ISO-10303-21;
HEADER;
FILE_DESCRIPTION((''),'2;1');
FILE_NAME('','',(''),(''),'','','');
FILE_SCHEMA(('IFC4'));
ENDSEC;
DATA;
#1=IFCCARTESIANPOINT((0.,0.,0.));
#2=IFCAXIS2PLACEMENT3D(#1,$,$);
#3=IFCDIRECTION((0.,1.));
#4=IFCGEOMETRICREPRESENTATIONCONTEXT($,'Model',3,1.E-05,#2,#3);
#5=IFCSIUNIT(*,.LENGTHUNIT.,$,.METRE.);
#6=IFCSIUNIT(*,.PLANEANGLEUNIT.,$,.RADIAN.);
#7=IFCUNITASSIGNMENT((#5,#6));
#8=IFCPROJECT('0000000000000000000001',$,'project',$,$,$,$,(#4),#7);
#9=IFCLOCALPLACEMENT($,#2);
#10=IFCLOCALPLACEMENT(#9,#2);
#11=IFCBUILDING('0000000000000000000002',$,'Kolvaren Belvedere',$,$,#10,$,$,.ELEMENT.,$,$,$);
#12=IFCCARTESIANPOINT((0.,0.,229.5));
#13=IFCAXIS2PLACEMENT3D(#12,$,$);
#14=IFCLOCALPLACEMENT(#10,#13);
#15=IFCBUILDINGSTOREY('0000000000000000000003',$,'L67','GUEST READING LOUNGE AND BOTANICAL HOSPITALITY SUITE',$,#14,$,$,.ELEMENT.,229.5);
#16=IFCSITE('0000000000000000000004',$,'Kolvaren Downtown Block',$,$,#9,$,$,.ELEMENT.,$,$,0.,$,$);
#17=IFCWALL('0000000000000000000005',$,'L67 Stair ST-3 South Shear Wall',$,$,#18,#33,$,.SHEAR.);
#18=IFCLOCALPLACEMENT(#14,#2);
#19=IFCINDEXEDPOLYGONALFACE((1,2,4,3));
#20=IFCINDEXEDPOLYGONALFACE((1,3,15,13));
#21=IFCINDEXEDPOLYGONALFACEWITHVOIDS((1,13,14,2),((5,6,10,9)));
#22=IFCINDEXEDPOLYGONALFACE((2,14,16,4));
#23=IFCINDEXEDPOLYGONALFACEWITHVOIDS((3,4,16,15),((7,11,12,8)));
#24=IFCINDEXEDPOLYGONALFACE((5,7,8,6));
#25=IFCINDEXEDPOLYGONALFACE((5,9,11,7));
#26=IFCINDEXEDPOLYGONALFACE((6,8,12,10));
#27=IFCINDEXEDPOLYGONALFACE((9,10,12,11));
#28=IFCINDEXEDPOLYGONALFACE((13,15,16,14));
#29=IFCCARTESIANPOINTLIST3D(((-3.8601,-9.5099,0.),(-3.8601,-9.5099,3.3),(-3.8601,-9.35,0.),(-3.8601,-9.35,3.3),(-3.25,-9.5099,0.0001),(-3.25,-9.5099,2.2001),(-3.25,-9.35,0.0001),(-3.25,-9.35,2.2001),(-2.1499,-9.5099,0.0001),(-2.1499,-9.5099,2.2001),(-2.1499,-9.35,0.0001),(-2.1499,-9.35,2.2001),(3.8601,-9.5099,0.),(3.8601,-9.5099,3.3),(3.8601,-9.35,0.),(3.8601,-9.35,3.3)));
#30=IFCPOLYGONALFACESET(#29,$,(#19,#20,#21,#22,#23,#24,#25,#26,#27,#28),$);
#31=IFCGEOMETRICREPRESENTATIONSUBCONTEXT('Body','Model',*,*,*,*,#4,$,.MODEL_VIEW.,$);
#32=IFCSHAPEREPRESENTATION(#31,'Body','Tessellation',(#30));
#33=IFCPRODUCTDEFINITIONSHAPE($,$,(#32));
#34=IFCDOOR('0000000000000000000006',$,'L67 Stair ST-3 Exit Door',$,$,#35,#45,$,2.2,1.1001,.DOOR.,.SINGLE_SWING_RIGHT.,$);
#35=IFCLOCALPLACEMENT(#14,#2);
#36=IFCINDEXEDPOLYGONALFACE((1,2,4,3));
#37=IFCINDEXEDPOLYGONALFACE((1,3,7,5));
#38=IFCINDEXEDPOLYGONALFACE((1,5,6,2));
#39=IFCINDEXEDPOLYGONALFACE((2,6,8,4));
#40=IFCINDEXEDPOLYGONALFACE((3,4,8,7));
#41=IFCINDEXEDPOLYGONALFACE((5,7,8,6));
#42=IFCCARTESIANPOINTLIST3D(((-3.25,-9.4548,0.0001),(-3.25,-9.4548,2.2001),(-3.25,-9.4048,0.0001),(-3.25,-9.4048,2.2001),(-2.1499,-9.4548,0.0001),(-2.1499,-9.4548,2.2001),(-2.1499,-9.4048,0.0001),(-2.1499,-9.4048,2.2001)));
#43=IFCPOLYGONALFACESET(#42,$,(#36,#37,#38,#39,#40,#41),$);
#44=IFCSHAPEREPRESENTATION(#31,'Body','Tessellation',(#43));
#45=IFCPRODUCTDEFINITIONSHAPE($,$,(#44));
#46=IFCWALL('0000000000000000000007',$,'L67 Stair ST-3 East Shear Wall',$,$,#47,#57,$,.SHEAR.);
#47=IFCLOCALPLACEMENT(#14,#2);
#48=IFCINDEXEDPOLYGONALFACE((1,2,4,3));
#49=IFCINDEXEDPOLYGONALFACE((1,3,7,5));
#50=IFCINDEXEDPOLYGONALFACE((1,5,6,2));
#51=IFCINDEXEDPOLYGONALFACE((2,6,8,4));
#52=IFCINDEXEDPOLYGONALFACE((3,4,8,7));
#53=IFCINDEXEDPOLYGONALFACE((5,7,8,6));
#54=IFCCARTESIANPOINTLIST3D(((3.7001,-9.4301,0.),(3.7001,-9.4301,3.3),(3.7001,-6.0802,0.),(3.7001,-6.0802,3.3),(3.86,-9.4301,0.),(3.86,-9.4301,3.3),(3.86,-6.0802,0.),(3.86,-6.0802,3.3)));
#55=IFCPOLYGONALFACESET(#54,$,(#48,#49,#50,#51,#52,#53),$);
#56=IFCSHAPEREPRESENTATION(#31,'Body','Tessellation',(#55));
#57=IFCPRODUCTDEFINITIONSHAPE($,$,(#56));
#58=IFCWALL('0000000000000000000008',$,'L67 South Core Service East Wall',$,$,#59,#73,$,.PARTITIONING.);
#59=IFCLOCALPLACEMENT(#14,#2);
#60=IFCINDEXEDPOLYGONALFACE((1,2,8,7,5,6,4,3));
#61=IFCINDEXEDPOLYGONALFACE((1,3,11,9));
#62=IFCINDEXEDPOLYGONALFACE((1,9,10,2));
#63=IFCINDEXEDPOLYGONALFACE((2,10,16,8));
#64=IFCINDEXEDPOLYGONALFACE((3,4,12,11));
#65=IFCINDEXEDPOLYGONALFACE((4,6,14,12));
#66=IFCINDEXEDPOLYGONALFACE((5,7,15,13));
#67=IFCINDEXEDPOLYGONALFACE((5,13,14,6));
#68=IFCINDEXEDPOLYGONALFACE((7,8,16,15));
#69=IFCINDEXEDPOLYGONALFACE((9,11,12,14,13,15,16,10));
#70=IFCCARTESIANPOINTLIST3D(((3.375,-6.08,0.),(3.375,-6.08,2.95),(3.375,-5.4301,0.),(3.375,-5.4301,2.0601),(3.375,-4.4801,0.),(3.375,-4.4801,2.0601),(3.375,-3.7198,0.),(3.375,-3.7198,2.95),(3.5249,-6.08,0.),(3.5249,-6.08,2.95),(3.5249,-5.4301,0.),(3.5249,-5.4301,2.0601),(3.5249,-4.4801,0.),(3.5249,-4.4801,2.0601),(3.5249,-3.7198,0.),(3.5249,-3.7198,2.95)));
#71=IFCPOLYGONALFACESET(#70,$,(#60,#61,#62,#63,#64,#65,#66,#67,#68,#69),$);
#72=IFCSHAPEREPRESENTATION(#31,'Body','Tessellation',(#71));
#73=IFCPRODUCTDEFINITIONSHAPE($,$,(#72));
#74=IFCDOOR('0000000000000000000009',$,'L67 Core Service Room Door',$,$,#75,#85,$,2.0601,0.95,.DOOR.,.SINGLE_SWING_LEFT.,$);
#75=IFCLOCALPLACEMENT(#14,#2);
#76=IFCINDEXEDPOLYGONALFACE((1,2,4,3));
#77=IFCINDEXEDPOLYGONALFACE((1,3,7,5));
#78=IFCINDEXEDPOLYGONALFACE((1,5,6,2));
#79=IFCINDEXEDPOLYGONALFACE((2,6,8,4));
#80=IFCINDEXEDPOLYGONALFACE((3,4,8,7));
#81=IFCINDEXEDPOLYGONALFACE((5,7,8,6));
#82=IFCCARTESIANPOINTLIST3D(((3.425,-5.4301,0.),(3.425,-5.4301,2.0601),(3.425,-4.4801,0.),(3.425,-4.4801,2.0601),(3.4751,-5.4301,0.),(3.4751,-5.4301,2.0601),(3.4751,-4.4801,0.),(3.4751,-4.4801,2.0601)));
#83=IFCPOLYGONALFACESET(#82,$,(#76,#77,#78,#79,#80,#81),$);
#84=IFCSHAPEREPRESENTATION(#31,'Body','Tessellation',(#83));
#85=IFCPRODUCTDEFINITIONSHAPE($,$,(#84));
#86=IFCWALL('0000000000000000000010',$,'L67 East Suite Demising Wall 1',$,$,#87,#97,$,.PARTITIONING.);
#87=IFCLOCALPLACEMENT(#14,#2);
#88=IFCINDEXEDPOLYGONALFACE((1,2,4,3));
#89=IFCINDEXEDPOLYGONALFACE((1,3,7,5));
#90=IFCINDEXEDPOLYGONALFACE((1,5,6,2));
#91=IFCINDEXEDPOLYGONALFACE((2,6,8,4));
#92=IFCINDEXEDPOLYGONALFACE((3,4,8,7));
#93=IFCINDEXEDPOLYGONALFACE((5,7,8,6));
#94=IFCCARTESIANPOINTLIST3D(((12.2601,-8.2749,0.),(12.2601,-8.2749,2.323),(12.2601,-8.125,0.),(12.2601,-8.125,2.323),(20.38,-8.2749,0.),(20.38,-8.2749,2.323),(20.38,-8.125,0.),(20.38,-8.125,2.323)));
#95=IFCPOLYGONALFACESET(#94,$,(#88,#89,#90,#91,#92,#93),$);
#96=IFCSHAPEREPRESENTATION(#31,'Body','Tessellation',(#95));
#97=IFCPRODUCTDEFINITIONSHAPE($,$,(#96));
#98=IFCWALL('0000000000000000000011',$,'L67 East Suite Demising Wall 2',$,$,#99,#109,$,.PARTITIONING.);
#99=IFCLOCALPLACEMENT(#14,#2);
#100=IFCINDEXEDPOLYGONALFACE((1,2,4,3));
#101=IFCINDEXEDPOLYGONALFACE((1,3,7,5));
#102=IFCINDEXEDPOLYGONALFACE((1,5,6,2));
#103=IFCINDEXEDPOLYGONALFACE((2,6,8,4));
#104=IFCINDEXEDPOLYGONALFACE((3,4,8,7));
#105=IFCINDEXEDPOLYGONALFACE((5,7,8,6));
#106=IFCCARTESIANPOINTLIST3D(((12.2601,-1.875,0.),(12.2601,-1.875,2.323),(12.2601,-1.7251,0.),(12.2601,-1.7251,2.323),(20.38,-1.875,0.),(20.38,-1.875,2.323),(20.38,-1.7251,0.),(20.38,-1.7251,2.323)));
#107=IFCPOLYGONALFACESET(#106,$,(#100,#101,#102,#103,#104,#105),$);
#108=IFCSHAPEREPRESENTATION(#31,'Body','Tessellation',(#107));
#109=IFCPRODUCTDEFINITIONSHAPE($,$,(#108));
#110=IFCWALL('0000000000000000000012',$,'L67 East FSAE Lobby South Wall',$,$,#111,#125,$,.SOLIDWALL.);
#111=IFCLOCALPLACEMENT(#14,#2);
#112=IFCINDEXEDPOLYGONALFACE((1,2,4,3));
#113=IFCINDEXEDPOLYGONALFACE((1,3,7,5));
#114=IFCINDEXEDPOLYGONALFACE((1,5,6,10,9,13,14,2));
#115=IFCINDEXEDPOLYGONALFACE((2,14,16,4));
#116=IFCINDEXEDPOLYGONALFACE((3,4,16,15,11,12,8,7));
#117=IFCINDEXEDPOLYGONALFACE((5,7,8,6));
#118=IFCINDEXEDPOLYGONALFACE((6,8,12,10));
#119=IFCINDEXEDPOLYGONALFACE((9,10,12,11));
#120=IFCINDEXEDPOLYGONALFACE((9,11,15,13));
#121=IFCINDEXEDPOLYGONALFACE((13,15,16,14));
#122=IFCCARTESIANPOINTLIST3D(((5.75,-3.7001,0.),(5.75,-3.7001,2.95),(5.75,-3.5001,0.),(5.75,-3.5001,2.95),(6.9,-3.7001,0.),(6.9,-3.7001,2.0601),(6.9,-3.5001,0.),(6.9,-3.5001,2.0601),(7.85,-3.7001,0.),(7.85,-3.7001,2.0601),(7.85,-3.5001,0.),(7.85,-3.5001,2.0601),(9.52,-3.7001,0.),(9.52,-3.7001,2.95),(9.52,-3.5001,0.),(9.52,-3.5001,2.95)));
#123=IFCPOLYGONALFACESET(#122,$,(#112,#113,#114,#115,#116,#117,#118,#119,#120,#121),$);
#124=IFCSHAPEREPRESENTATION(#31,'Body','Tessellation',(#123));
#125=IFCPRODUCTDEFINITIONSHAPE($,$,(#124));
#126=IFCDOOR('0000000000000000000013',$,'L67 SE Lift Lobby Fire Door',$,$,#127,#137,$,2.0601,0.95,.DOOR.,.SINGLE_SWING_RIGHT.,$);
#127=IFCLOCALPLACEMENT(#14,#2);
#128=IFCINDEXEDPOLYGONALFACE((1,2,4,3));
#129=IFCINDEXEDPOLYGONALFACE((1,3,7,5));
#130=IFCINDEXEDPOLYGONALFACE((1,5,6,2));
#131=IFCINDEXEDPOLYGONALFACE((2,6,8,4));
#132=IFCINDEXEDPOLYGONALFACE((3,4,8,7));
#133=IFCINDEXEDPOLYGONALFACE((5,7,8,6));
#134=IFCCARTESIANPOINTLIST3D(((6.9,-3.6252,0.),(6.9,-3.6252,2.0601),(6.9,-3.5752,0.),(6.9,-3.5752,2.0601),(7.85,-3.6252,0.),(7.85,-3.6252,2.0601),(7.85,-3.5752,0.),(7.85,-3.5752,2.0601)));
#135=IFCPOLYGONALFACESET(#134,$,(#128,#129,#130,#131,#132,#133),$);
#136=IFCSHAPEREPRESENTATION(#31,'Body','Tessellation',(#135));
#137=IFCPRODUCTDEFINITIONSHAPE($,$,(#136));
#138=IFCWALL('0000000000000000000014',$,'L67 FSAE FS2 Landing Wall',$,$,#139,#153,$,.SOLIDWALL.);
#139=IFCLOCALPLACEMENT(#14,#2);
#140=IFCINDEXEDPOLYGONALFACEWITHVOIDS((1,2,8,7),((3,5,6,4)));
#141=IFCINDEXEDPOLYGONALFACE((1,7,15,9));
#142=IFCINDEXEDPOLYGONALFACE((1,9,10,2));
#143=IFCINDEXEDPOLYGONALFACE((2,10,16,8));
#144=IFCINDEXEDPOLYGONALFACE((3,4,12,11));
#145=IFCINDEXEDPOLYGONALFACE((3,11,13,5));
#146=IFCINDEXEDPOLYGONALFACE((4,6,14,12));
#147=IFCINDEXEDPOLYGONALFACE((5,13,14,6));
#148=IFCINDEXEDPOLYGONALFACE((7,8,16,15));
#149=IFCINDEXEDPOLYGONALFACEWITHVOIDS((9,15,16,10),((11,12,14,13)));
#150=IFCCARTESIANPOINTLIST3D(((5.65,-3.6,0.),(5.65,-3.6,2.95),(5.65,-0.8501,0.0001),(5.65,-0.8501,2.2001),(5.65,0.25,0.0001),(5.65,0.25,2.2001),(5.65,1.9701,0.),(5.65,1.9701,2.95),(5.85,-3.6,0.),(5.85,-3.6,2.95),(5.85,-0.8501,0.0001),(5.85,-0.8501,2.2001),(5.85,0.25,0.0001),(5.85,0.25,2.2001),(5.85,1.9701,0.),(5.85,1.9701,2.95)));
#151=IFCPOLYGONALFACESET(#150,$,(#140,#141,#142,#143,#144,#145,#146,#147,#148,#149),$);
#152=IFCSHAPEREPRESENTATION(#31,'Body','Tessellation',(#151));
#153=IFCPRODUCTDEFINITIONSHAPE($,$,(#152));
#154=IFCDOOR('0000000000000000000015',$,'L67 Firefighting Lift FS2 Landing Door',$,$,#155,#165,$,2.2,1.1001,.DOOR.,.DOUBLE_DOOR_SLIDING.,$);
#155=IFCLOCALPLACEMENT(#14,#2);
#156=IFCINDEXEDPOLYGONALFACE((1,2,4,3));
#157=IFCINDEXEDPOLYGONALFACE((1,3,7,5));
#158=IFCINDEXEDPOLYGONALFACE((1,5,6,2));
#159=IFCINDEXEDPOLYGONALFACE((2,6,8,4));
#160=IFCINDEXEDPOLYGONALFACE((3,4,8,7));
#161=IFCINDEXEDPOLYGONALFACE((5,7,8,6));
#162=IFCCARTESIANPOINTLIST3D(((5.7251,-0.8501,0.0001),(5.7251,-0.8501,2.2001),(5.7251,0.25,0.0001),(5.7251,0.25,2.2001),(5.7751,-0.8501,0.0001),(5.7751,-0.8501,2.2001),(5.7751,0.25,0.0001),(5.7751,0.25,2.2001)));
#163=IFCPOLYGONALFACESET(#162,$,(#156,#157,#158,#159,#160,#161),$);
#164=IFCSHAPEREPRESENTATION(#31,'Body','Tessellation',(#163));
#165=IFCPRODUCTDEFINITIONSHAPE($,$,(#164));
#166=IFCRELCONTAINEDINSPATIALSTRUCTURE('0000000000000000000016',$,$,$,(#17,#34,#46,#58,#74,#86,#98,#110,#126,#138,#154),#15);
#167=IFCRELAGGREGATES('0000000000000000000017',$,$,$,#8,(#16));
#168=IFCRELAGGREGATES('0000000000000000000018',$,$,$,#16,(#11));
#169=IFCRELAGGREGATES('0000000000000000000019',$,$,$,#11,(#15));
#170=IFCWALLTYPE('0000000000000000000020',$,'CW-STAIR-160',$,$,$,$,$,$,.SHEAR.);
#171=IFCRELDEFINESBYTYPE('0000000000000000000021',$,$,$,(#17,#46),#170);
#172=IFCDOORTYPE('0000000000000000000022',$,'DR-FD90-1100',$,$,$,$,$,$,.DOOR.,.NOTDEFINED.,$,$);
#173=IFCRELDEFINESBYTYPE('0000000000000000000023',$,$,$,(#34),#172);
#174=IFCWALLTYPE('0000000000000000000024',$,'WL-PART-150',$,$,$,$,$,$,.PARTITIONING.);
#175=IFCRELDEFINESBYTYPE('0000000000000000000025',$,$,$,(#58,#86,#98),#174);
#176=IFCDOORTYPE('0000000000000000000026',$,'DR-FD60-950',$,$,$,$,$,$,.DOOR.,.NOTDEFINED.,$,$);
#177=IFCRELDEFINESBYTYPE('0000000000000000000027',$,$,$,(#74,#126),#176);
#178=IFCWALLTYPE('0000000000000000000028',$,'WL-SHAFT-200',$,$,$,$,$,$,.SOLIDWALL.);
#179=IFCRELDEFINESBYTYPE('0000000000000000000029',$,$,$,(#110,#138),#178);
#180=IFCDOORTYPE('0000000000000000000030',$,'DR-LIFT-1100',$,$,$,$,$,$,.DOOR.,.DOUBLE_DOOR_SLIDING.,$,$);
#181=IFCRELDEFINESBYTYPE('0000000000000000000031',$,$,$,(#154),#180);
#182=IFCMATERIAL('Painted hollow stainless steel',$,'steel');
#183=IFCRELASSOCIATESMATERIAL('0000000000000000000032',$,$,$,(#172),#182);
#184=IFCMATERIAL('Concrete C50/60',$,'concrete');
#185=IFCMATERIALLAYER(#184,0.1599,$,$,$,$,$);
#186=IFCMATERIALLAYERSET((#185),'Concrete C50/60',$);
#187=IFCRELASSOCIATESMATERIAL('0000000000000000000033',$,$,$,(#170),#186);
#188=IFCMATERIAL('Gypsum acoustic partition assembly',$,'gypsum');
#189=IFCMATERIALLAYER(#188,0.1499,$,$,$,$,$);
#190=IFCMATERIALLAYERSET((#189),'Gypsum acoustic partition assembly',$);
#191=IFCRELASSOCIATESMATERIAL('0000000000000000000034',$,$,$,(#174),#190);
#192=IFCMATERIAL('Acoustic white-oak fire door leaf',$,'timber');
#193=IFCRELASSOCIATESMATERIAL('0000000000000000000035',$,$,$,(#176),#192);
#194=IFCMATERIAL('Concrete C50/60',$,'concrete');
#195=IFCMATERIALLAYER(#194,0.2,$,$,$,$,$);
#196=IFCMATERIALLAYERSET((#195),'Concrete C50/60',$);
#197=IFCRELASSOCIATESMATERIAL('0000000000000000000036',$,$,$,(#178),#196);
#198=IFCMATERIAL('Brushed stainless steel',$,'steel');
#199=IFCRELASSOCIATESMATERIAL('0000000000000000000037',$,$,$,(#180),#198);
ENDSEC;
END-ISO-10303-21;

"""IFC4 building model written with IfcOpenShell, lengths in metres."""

from ifc_helpers import new_model, si_unit, direction, frame, frame_2d, origin, place, context, subcontext, project, spatial, rectangle, extrude, material, layer, layer_set, type_object, element, fill, save


model = new_model("IFC4")

# Units and contexts
model_context = context("Model", 3, precision=1e-05, world=origin(), true_north=direction((0.0, 1.0)))
body_context = subcontext(model_context, "Body", "Model", "MODEL_VIEW")
ifc_project = project(units=[si_unit("LENGTHUNIT", "METRE"), si_unit("PLANEANGLEUNIT", "RADIAN")], contexts=[model_context])

# Site, building, storey
site_placement = place(None, origin())
site = spatial("IfcSite", under=ifc_project, at=site_placement, Name="Kolvaren Downtown Block", CompositionType="ELEMENT", RefElevation=0.0)
building_placement = place(site_placement, origin())
building = spatial("IfcBuilding", under=site, at=building_placement, Name="Kolvaren Belvedere", CompositionType="ELEMENT")
storey_placement = place(building_placement, frame((0.0, 0.0, 229.5)))
storey = spatial("IfcBuildingStorey", under=building, at=storey_placement, Name="L67", Description="GUEST READING LOUNGE AND BOTANICAL HOSPITALITY SUITE", CompositionType="ELEMENT", Elevation=229.5)

# Wall, opening, door
ifc_material_1 = material(Name="Painted hollow stainless steel", Category="steel")
door_type_1 = type_object("IfcDoorType", Name="DR-FD90-1100", OperationType="NOTDEFINED", PredefinedType="DOOR", material=ifc_material_1)
ifc_material_2 = material(Name="Concrete C50/60", Category="concrete")
ifc_layer_1 = layer(ifc_material_2, 0.1599)
ifc_layer_set_1 = layer_set([ifc_layer_1], Name="Concrete C50/60")
wall_type_1 = type_object("IfcWallType", Name="CW-STAIR-160", PredefinedType="SHEAR", material=ifc_layer_set_1)
wall_1_placement = place(storey_placement, frame((3.8601, -9.4299, 0.0), z_axis=(0.0, 0.0, 1.0), x_axis=(-1.0, 0.0, 0.0)))
wall_1 = element("IfcWall", 1, at=wall_1_placement, inside=storey, type_object=wall_type_1, Name="L67 Stair ST-3 South Shear Wall", PredefinedType="SHEAR", context=body_context, shape_type="SweptSolid", body=[
    extrude(rectangle(XDim=7.7202, YDim=0.1599, at=frame_2d((3.8601, 0.0))), origin(), (0.0, 0.0, 1.0), 3.3),
])
opening_1_placement = place(wall_1_placement, frame((6.01, 0.0, 0.0)))
opening_1 = element("IfcOpeningElement", 2, at=opening_1_placement, cuts=wall_1, PredefinedType="OPENING", context=body_context, shape_type="SweptSolid", body=[
    extrude(rectangle(XDim=1.1001, YDim=2.2, at=frame_2d((0.55, 1.1001))), frame((0.0, 0.0898, 0.0), z_axis=(0.0, -1.0, 0.0), x_axis=(1.0, 0.0, 0.0)), (0.0, 0.0, 1.0), 0.1799),
])
door_1_placement = place(opening_1_placement, origin())
door_1 = element("IfcDoor", 3, at=door_1_placement, inside=storey, type_object=door_type_1, Name="L67 Stair ST-3 Exit Door", OperationType="SINGLE_SWING_RIGHT", OverallHeight=2.2, OverallWidth=1.1001, PredefinedType="DOOR", context=body_context, shape_type="SweptSolid", body=[
    extrude(rectangle(XDim=1.1001, YDim=2.2, at=frame_2d((0.55, 1.1001))), frame((0.0, 0.0249, 0.0), z_axis=(0.0, -1.0, 0.0), x_axis=(1.0, 0.0, 0.0)), (0.0, 0.0, 1.0), 0.05),
])
fill(opening_1, door_1)

# Wall
wall_2_placement = place(storey_placement, frame((3.78, -9.4299, 0.0), z_axis=(0.0, 0.0, 1.0), x_axis=(0.0, 1.0, 0.0)))
element("IfcWall", 4, at=wall_2_placement, inside=storey, type_object=wall_type_1, Name="L67 Stair ST-3 East Shear Wall", PredefinedType="SHEAR", context=body_context, shape_type="SweptSolid", body=[
    extrude(rectangle(XDim=3.3499, YDim=0.1599, at=frame_2d((1.6748, 0.0))), origin(), (0.0, 0.0, 1.0), 3.3),
])

# Wall, opening, door
ifc_material_3 = material(Name="Gypsum acoustic partition assembly", Category="gypsum")
ifc_layer_2 = layer(ifc_material_3, 0.1499)
ifc_layer_set_2 = layer_set([ifc_layer_2], Name="Gypsum acoustic partition assembly")
wall_type_2 = type_object("IfcWallType", Name="WL-PART-150", PredefinedType="PARTITIONING", material=ifc_layer_set_2)
wall_3_placement = place(storey_placement, frame((3.45, -6.0801, 0.0), z_axis=(0.0, 0.0, 1.0), x_axis=(0.0, 1.0, 0.0)))
wall_3 = element("IfcWall", 5, at=wall_3_placement, inside=storey, type_object=wall_type_2, Name="L67 South Core Service East Wall", PredefinedType="PARTITIONING", context=body_context, shape_type="SweptSolid", body=[
    extrude(rectangle(XDim=2.3601, YDim=0.1499, at=frame_2d((1.1802, 0.0))), origin(), (0.0, 0.0, 1.0), 2.95),
])
opening_2_placement = place(wall_3_placement, frame((0.6499, 0.0, 0.0)))
opening_2 = element("IfcOpeningElement", 6, at=opening_2_placement, cuts=wall_3, PredefinedType="OPENING", context=body_context, shape_type="SweptSolid", body=[
    extrude(rectangle(XDim=0.95, YDim=2.0601, at=frame_2d((0.4751, 1.03))), frame((0.0, 0.085, 0.0), z_axis=(0.0, -1.0, 0.0), x_axis=(1.0, 0.0, 0.0)), (0.0, 0.0, 1.0), 0.1699),
])
ifc_material_4 = material(Name="Acoustic white-oak fire door leaf", Category="timber")
door_type_2 = type_object("IfcDoorType", Name="DR-FD60-950", OperationType="NOTDEFINED", PredefinedType="DOOR", material=ifc_material_4)
door_2_placement = place(opening_2_placement, origin())
door_2 = element("IfcDoor", 7, at=door_2_placement, inside=storey, type_object=door_type_2, Name="L67 Core Service Room Door", OperationType="SINGLE_SWING_LEFT", OverallHeight=2.0601, OverallWidth=0.95, PredefinedType="DOOR", context=body_context, shape_type="SweptSolid", body=[
    extrude(rectangle(XDim=0.95, YDim=2.0601, at=frame_2d((0.4751, 1.03))), frame((0.0, 0.0249, 0.0), z_axis=(0.0, -1.0, 0.0), x_axis=(1.0, 0.0, 0.0)), (0.0, 0.0, 1.0), 0.05),
])
fill(opening_2, door_2)

# Walls
for number, where, z_axis, x_axis, name in (
    (8, (12.26, -8.2, 0.0), (0.0, 0.0, 1.0), (1.0, 0.0, 0.0), "L67 East Suite Demising Wall 1"),
    (9, (12.26, -1.8, 0.0), (0.0, 0.0, 1.0), (1.0, 0.0, 0.0), "L67 East Suite Demising Wall 2"),
):
    element("IfcWall", number, at=place(storey_placement, frame(where, z_axis=z_axis, x_axis=x_axis)), inside=storey, type_object=wall_type_2, Name=name, PredefinedType="PARTITIONING", context=body_context, shape_type="SweptSolid", body=[
        extrude(rectangle(XDim=8.1199, YDim=0.1499, at=frame_2d((4.0601, 0.0))), origin(), (0.0, 0.0, 1.0), 2.323),
    ])

# Walls, openings, doors
ifc_material_5 = material(Name="Concrete C50/60", Category="concrete")
ifc_layer_3 = layer(ifc_material_5, 0.2)
ifc_layer_set_3 = layer_set([ifc_layer_3], Name="Concrete C50/60")
wall_type_3 = type_object("IfcWallType", Name="WL-SHAFT-200", PredefinedType="SOLIDWALL", material=ifc_layer_set_3)
wall_4_placement = place(storey_placement, frame((5.75, -3.6001, 0.0), z_axis=(0.0, 0.0, 1.0), x_axis=(1.0, 0.0, 0.0)))
wall_4 = element("IfcWall", 10, at=wall_4_placement, inside=storey, type_object=wall_type_3, Name="L67 East FSAE Lobby South Wall", PredefinedType="SOLIDWALL", context=body_context, shape_type="SweptSolid", body=[
    extrude(rectangle(XDim=3.77, YDim=0.2, at=frame_2d((1.885, 0.0))), origin(), (0.0, 0.0, 1.0), 2.95),
])
opening_3_placement = place(wall_4_placement, frame((1.1499, 0.0, 0.0)))
opening_3 = element("IfcOpeningElement", 11, at=opening_3_placement, cuts=wall_4, PredefinedType="OPENING", context=body_context, shape_type="SweptSolid", body=[
    extrude(rectangle(XDim=0.95, YDim=2.0601, at=frame_2d((0.4751, 1.03))), frame((0.0, 0.1099, 0.0), z_axis=(0.0, -1.0, 0.0), x_axis=(1.0, 0.0, 0.0)), (0.0, 0.0, 1.0), 0.22),
])
door_3_placement = place(opening_3_placement, origin())
door_3 = element("IfcDoor", 12, at=door_3_placement, inside=storey, type_object=door_type_2, Name="L67 SE Lift Lobby Fire Door", OperationType="SINGLE_SWING_RIGHT", OverallHeight=2.0601, OverallWidth=0.95, PredefinedType="DOOR", context=body_context, shape_type="SweptSolid", body=[
    extrude(rectangle(XDim=0.95, YDim=2.0601, at=frame_2d((0.4751, 1.03))), frame((0.0, 0.0249, 0.0), z_axis=(0.0, -1.0, 0.0), x_axis=(1.0, 0.0, 0.0)), (0.0, 0.0, 1.0), 0.05),
])
fill(opening_3, door_3)
wall_5_placement = place(storey_placement, frame((5.75, -3.6001, 0.0), z_axis=(0.0, 0.0, 1.0), x_axis=(0.0, 1.0, 0.0)))
wall_5 = element("IfcWall", 13, at=wall_5_placement, inside=storey, type_object=wall_type_3, Name="L67 FSAE FS2 Landing Wall", PredefinedType="SOLIDWALL", context=body_context, shape_type="SweptSolid", body=[
    extrude(rectangle(XDim=5.5701, YDim=0.2, at=frame_2d((2.7852, 0.0))), origin(), (0.0, 0.0, 1.0), 2.95),
])
opening_4_placement = place(wall_5_placement, frame((2.75, 0.0, 0.0)))
opening_4 = element("IfcOpeningElement", 14, at=opening_4_placement, cuts=wall_5, PredefinedType="OPENING", context=body_context, shape_type="SweptSolid", body=[
    extrude(rectangle(XDim=1.1001, YDim=2.2, at=frame_2d((0.55, 1.1001))), frame((0.0, 0.1099, 0.0), z_axis=(0.0, -1.0, 0.0), x_axis=(1.0, 0.0, 0.0)), (0.0, 0.0, 1.0), 0.22),
])
ifc_material_6 = material(Name="Brushed stainless steel", Category="steel")
door_type_3 = type_object("IfcDoorType", Name="DR-LIFT-1100", OperationType="DOUBLE_DOOR_SLIDING", PredefinedType="DOOR", material=ifc_material_6)
door_4_placement = place(opening_4_placement, origin())
door_4 = element("IfcDoor", 15, at=door_4_placement, inside=storey, type_object=door_type_3, Name="L67 Firefighting Lift FS2 Landing Door", OperationType="DOUBLE_DOOR_SLIDING", OverallHeight=2.2, OverallWidth=1.1001, PredefinedType="DOOR", context=body_context, shape_type="SweptSolid", body=[
    extrude(rectangle(XDim=1.1001, YDim=2.2, at=frame_2d((0.55, 1.1001))), frame((0.0, 0.0249, 0.0), z_axis=(0.0, -1.0, 0.0), x_axis=(1.0, 0.0, 0.0)), (0.0, 0.0, 1.0), 0.05),
])
fill(opening_4, door_4)

save(model, "model.ifc")
